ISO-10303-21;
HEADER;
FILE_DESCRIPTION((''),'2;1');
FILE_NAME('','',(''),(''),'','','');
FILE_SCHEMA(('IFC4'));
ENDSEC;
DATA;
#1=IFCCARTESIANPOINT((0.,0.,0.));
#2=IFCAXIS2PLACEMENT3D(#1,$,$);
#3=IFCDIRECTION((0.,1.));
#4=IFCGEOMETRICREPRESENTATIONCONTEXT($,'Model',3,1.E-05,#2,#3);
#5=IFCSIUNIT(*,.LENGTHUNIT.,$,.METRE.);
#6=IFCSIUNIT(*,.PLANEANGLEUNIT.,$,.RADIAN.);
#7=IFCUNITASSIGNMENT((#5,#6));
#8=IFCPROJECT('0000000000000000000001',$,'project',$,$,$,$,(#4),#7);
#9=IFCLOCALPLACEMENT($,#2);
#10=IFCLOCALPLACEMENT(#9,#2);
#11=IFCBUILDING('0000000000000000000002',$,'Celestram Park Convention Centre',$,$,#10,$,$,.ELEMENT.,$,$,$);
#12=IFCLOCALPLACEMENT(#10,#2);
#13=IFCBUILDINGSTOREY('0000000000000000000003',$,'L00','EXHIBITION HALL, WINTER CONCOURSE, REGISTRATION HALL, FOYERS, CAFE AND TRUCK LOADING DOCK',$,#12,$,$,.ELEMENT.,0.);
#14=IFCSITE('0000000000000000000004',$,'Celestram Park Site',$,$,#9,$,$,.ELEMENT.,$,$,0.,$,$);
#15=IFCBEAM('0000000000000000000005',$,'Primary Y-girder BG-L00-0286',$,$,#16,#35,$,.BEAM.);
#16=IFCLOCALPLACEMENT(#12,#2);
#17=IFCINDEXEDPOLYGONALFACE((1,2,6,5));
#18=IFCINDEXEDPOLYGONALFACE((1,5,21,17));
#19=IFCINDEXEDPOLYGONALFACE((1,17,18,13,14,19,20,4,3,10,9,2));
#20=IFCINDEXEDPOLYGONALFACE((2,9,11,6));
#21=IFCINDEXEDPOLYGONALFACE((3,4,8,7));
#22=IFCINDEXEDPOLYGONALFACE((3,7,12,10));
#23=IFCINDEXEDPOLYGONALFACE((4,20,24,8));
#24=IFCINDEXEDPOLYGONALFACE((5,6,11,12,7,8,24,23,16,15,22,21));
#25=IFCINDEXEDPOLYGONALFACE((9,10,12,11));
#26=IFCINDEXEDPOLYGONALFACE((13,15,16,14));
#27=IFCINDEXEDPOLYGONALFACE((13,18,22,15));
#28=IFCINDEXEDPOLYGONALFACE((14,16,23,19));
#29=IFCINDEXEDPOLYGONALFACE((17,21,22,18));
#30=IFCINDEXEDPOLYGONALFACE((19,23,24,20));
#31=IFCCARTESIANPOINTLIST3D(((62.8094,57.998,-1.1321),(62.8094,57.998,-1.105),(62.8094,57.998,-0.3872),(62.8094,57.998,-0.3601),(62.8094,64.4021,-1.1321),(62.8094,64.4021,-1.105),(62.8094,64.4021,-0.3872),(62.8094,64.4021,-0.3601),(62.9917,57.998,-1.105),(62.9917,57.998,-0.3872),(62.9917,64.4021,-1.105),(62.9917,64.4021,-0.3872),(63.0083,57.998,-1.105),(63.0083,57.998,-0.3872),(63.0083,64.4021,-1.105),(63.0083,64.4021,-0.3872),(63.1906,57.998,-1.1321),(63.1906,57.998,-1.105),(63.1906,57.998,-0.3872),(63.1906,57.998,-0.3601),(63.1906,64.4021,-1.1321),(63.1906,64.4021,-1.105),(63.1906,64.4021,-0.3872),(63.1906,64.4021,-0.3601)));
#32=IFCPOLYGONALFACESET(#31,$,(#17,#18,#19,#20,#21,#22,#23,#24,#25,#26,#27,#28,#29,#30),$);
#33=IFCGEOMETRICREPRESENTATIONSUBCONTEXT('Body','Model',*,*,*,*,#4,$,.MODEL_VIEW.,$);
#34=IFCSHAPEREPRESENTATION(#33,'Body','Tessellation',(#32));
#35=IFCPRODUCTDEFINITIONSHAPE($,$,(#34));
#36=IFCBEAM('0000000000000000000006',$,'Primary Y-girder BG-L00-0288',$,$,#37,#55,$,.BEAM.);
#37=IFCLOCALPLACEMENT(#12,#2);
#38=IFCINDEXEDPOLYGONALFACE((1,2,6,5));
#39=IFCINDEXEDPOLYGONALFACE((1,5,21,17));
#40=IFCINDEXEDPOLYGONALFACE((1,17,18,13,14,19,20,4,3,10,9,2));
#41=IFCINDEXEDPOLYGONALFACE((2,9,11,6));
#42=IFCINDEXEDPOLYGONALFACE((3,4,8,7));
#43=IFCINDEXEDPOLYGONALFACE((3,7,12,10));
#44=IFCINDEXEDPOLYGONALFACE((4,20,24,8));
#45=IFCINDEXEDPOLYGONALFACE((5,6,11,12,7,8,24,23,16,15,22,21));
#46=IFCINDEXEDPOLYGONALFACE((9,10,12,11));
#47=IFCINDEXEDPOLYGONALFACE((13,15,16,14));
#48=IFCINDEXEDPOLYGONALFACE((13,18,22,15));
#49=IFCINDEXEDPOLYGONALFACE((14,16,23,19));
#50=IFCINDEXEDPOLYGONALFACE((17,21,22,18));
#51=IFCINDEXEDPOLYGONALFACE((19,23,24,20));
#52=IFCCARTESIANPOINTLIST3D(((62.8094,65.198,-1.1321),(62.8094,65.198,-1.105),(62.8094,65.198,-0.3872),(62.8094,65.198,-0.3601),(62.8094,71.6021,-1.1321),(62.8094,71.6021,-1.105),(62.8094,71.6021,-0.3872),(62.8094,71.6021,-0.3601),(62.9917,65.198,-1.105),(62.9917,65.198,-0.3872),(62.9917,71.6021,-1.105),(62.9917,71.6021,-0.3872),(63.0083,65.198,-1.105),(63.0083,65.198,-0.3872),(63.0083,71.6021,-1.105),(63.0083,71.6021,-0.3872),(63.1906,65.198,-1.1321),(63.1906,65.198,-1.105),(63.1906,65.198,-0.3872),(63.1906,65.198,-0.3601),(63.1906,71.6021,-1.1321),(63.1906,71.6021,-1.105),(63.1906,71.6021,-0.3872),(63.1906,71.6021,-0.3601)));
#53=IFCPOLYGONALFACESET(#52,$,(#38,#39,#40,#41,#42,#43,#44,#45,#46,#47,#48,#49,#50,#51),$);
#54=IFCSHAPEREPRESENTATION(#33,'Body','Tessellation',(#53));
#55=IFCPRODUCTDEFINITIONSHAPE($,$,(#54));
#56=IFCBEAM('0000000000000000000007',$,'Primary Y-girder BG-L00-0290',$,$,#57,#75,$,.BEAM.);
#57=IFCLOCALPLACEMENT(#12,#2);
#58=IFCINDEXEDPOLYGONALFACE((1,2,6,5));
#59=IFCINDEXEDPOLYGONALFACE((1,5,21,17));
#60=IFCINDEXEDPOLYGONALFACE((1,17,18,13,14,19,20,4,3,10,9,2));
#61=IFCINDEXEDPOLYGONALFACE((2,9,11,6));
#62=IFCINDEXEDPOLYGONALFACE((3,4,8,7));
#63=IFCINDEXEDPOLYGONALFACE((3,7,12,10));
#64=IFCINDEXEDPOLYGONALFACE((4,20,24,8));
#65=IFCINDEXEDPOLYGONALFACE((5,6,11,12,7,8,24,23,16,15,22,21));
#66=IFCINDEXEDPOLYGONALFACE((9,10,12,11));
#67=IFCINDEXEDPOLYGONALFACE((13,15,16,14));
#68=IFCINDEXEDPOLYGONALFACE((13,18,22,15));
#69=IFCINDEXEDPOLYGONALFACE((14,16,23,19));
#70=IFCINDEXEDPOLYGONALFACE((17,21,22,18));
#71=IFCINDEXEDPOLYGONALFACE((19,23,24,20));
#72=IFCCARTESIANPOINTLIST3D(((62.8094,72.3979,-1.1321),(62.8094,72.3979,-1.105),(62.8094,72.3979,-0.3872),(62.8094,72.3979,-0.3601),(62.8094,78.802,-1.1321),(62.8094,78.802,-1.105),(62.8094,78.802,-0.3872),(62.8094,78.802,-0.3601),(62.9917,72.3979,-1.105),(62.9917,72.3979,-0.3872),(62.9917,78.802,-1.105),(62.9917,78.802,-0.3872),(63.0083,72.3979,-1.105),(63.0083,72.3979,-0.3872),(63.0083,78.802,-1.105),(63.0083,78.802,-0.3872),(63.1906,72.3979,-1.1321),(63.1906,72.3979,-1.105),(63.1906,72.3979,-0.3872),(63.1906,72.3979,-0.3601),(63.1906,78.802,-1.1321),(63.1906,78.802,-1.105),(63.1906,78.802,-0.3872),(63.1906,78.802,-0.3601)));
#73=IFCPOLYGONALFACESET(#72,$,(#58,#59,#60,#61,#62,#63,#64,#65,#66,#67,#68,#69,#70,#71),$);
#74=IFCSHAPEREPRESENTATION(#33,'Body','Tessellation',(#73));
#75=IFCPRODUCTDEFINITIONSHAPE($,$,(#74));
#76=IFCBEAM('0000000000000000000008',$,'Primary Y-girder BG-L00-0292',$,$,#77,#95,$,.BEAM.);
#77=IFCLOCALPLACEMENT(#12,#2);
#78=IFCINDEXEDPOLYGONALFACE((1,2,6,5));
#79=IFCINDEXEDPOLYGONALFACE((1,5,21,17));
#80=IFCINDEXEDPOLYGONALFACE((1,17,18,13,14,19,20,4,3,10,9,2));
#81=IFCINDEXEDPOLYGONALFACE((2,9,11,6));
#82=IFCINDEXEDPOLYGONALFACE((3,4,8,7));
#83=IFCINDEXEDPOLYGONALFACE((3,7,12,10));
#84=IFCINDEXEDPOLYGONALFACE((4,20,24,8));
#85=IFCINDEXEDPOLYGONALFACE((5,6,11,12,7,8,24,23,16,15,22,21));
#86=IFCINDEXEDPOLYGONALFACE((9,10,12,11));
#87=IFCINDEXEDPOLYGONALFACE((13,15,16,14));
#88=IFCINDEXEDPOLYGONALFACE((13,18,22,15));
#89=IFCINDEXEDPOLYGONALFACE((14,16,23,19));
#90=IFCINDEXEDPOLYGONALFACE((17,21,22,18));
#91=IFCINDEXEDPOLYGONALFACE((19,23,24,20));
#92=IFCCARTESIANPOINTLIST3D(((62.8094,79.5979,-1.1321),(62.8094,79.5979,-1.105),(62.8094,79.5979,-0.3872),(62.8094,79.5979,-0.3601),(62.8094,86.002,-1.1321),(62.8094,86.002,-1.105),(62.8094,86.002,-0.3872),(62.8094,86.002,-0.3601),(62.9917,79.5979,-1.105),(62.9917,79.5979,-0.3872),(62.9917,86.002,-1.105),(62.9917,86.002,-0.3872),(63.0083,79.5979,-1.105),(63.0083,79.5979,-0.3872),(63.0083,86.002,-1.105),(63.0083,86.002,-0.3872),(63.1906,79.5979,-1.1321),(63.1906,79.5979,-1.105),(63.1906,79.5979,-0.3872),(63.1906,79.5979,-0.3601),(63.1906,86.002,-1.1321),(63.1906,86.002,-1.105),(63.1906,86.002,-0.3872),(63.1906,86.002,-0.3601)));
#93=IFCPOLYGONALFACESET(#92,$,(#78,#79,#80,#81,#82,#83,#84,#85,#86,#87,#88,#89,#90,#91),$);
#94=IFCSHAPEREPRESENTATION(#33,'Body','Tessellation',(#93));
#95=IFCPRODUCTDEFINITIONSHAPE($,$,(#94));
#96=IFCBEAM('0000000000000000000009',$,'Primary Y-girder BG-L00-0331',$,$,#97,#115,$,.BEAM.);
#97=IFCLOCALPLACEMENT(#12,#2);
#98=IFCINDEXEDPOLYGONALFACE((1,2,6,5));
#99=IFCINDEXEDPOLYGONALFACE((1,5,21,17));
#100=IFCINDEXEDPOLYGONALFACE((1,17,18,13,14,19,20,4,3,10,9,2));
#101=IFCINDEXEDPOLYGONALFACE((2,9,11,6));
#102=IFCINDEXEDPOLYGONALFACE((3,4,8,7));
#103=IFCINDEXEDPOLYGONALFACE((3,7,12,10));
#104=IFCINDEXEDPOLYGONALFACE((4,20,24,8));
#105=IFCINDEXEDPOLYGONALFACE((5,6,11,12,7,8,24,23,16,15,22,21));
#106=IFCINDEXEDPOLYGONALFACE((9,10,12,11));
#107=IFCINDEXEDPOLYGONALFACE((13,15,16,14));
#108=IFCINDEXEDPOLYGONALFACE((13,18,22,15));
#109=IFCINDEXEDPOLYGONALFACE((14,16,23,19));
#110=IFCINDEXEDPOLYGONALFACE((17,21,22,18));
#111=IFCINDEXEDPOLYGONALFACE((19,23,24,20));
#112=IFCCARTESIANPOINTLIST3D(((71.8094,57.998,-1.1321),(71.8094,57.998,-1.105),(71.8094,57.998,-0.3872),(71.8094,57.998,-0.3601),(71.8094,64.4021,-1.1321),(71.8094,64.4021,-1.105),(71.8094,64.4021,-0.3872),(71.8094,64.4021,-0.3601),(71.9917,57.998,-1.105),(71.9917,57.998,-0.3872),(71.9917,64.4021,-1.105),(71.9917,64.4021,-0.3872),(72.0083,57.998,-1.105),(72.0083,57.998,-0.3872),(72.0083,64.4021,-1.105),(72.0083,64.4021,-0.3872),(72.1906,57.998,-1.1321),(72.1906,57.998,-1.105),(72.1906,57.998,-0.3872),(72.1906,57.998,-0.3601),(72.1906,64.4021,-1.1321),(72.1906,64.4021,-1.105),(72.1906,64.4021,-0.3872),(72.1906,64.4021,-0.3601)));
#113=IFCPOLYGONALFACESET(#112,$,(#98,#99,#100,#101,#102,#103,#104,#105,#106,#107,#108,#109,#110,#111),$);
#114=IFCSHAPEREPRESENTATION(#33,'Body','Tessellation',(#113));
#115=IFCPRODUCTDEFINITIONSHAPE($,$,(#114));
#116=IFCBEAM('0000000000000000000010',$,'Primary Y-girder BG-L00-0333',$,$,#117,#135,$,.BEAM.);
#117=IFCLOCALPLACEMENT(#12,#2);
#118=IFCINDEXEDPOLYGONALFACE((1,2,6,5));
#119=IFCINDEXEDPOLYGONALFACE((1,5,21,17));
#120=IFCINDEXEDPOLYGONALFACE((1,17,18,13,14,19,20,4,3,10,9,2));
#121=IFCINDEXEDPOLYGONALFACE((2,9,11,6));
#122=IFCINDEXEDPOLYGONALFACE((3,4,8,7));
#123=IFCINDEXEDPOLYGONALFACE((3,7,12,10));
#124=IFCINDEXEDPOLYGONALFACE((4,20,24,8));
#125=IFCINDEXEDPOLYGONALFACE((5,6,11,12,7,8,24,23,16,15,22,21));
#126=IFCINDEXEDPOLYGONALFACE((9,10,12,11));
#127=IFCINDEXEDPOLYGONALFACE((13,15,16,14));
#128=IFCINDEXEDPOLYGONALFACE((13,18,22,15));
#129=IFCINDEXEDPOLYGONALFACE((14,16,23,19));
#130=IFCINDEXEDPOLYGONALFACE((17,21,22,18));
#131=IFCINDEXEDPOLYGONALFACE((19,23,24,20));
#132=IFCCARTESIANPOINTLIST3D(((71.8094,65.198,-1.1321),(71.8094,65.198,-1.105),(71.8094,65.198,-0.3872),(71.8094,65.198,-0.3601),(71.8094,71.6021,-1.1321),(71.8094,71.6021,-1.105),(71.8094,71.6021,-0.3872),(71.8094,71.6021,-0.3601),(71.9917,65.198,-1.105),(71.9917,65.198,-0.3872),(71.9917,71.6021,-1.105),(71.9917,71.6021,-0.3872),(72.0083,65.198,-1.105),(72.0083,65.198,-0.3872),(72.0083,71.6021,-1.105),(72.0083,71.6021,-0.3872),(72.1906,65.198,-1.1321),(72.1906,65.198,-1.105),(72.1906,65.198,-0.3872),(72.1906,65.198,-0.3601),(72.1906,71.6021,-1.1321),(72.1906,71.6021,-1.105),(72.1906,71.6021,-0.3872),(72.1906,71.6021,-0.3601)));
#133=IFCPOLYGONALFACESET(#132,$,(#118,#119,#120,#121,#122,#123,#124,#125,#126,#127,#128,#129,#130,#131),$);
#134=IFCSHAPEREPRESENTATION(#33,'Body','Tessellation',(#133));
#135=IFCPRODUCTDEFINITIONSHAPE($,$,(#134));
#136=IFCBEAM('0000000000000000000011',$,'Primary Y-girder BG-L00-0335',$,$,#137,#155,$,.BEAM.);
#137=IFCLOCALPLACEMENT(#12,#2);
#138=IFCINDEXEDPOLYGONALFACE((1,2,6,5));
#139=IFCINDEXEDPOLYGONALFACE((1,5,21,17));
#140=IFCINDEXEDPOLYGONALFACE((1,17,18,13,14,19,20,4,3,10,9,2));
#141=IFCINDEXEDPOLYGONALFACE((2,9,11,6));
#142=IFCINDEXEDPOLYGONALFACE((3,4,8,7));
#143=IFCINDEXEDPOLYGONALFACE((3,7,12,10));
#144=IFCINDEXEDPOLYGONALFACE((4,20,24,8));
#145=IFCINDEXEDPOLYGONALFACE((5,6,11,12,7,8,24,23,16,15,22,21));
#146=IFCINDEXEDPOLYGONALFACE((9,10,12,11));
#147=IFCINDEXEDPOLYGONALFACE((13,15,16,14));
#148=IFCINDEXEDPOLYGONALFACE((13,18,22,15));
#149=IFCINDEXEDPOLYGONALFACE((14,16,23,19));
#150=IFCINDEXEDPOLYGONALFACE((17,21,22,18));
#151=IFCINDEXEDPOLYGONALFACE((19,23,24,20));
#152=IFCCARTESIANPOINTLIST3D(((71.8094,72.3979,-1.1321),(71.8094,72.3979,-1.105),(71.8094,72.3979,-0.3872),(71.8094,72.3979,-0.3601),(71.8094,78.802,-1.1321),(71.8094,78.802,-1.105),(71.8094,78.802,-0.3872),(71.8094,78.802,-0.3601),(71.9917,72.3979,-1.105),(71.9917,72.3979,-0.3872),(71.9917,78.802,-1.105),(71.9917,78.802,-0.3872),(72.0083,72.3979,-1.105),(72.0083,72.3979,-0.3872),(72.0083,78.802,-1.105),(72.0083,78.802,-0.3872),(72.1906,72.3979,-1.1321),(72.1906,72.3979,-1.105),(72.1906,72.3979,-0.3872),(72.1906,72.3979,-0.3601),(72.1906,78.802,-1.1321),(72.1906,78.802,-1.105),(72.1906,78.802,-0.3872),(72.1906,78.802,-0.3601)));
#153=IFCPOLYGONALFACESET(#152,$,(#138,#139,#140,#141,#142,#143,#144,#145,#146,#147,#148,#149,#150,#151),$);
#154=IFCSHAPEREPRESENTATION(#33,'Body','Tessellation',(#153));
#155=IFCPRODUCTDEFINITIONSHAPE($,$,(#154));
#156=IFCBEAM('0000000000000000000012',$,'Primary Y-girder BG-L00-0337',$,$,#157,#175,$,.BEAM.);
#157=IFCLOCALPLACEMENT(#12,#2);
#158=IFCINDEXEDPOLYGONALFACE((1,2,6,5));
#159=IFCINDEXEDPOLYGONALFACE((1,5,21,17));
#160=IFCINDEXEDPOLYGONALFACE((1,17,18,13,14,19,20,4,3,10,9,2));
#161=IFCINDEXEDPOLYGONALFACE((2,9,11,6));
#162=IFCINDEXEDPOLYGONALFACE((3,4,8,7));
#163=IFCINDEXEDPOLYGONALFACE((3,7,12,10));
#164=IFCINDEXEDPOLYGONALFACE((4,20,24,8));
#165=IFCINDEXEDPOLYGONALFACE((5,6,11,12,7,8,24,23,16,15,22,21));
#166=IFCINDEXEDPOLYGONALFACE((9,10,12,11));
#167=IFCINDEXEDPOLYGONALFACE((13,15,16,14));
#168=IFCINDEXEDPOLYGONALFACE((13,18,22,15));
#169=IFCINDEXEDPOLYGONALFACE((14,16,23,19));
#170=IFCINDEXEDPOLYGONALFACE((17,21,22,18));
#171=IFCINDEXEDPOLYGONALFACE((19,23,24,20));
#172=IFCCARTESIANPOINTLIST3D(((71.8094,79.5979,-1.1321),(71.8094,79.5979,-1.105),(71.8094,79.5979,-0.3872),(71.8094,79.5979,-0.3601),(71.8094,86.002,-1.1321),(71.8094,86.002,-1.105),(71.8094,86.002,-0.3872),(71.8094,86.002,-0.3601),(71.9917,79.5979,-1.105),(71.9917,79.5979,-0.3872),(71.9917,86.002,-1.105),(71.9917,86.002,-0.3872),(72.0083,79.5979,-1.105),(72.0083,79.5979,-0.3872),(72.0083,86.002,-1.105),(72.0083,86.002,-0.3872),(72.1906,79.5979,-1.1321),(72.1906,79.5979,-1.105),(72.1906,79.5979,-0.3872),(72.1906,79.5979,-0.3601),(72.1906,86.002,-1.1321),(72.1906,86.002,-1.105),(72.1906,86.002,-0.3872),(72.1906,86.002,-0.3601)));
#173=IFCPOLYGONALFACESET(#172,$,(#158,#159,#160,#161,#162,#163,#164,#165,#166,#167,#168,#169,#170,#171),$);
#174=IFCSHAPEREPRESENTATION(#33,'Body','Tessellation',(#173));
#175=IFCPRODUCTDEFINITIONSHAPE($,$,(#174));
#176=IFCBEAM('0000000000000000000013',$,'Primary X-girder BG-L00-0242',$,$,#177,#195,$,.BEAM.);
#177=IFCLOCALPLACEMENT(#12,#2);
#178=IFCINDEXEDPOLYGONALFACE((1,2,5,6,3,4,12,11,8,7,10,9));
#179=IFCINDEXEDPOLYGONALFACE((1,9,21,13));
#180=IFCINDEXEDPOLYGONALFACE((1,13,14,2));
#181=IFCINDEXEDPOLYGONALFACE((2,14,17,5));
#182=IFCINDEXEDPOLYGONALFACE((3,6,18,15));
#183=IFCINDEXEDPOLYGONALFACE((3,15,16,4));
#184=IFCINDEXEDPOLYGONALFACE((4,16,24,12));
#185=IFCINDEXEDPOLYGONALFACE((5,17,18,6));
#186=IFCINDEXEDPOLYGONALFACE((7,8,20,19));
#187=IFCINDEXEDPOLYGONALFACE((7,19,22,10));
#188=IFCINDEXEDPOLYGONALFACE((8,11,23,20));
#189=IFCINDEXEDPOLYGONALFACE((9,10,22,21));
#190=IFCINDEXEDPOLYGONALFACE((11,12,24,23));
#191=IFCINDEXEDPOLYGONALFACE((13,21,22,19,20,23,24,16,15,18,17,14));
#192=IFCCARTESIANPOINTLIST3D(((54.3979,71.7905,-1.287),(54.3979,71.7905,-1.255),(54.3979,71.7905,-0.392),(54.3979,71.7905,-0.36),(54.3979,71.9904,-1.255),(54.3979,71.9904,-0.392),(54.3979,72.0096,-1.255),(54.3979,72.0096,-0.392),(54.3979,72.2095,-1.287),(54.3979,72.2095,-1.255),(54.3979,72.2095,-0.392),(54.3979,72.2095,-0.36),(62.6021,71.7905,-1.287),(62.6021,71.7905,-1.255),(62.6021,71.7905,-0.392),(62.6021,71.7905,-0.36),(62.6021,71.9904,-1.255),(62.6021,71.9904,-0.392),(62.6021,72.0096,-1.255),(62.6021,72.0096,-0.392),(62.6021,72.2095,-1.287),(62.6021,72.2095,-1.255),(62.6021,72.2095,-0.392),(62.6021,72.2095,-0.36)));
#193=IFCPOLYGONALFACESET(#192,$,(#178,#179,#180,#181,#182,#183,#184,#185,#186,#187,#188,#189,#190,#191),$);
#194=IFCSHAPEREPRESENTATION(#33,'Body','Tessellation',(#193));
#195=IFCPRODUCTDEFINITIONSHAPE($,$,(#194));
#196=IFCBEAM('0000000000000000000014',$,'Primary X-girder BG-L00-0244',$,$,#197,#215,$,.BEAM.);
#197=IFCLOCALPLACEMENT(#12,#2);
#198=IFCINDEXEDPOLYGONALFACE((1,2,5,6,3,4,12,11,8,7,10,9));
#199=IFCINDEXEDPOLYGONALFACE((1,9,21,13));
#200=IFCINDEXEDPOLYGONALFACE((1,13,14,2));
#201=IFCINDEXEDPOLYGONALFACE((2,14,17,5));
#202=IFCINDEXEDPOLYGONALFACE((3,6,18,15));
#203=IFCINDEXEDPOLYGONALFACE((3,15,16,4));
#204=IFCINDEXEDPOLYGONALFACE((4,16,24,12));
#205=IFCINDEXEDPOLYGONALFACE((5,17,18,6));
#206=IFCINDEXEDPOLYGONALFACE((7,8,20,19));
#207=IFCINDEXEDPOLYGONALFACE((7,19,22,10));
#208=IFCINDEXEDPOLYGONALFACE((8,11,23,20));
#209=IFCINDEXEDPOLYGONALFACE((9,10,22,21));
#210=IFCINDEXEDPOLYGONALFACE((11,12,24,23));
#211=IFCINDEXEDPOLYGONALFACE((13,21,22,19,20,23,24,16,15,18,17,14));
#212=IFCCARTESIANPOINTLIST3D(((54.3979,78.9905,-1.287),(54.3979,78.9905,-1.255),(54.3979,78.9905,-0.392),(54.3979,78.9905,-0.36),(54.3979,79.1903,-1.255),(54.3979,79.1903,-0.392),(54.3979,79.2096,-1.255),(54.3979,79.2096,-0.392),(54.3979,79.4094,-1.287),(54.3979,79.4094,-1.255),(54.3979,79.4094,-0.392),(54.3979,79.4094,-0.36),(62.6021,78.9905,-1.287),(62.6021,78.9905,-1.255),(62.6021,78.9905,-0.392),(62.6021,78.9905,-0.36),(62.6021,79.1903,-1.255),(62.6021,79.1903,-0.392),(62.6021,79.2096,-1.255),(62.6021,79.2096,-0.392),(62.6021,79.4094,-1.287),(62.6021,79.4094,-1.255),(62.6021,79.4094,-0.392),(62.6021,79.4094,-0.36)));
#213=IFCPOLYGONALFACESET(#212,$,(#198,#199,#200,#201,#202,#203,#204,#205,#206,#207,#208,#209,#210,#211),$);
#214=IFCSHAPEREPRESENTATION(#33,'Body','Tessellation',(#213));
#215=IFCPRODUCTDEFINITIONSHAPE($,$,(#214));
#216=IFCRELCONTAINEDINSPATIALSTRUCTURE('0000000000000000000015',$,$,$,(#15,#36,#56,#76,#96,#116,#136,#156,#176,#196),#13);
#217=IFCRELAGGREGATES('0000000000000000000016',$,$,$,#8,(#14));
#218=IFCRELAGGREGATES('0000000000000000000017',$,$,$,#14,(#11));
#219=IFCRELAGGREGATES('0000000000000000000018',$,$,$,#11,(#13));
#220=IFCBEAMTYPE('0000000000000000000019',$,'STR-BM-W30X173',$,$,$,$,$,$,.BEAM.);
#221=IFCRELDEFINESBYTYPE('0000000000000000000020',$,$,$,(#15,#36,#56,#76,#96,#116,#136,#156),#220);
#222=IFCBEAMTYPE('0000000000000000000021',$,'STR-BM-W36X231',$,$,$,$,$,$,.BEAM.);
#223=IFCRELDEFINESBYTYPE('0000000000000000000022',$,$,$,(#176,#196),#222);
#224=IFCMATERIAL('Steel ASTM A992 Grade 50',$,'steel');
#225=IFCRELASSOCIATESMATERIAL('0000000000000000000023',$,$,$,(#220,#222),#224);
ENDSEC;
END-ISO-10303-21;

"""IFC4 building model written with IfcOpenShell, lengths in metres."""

from ifc_helpers import new_model, si_unit, direction, frame, origin, origin_2d, place, context, subcontext, project, spatial, i_section, extrude, material, material_profile, profile_set, type_object, element, save


model = new_model("IFC4")

# Units and contexts
model_context = context("Model", 3, precision=1e-05, world=origin(), true_north=direction((0.0, 1.0)))
body_context = subcontext(model_context, "Body", "Model", "MODEL_VIEW")
ifc_project = project(units=[si_unit("LENGTHUNIT", "METRE"), si_unit("PLANEANGLEUNIT", "RADIAN")], contexts=[model_context])

# Site, building, storey
site_placement = place(None, origin())
site = spatial("IfcSite", under=ifc_project, at=site_placement, Name="Celestram Park Site", CompositionType="ELEMENT", RefElevation=0.0)
building_placement = place(site_placement, origin())
building = spatial("IfcBuilding", under=site, at=building_placement, Name="Celestram Park Convention Centre", CompositionType="ELEMENT")
storey_placement = place(building_placement, origin())
storey = spatial("IfcBuildingStorey", under=building, at=storey_placement, Name="L00", Description="EXHIBITION HALL, WINTER CONCOURSE, REGISTRATION HALL, FOYERS, CAFE AND TRUCK LOADING DOCK", CompositionType="ELEMENT", Elevation=0.0)

# Beams
ifc_material = material(Name="Steel ASTM A992 Grade 50", Category="steel")
ifc_material_profile_1 = material_profile(ifc_material, i_section(OverallWidth=0.3811, OverallDepth=0.772, WebThickness=0.0166, FlangeThickness=0.0271, at=origin_2d()), Name="W30X173")
ifc_profile_set_1 = profile_set([ifc_material_profile_1], Name="Steel ASTM A992 Grade 50")
beam_type_1 = type_object("IfcBeamType", Name="STR-BM-W30X173", PredefinedType="BEAM", material=ifc_profile_set_1)
for number, where, z_axis, x_axis, name in (
    (1, (63.0, 57.998, -0.7461), (0.0, 1.0, 0.0), (-1.0, 0.0, 0.0), "Primary Y-girder BG-L00-0286"),
    (2, (63.0, 65.198, -0.7461), (0.0, 1.0, 0.0), (-1.0, 0.0, 0.0), "Primary Y-girder BG-L00-0288"),
    (3, (63.0, 72.3979, -0.7461), (0.0, 1.0, 0.0), (-1.0, 0.0, 0.0), "Primary Y-girder BG-L00-0290"),
    (4, (63.0, 79.5979, -0.7461), (0.0, 1.0, 0.0), (-1.0, 0.0, 0.0), "Primary Y-girder BG-L00-0292"),
    (5, (72.0, 57.998, -0.7461), (0.0, 1.0, 0.0), (-1.0, 0.0, 0.0), "Primary Y-girder BG-L00-0331"),
    (6, (72.0, 65.198, -0.7461), (0.0, 1.0, 0.0), (-1.0, 0.0, 0.0), "Primary Y-girder BG-L00-0333"),
    (7, (72.0, 72.3979, -0.7461), (0.0, 1.0, 0.0), (-1.0, 0.0, 0.0), "Primary Y-girder BG-L00-0335"),
    (8, (72.0, 79.5979, -0.7461), (0.0, 1.0, 0.0), (-1.0, 0.0, 0.0), "Primary Y-girder BG-L00-0337"),
):
    element("IfcBeam", number, at=place(storey_placement, frame(where, z_axis=z_axis, x_axis=x_axis)), inside=storey, type_object=beam_type_1, Name=name, PredefinedType="BEAM", context=body_context, shape_type="SweptSolid", body=[
        extrude(i_section(OverallWidth=0.3811, OverallDepth=0.772, WebThickness=0.0166, FlangeThickness=0.0271, at=origin_2d()), origin(), (0.0, 0.0, 1.0), 6.4041),
    ])
ifc_material_profile_2 = material_profile(ifc_material, i_section(OverallWidth=0.4189, OverallDepth=0.927, WebThickness=0.0193, FlangeThickness=0.032, at=origin_2d()), Name="W36X231")
ifc_profile_set_2 = profile_set([ifc_material_profile_2], Name="Steel ASTM A992 Grade 50")
beam_type_2 = type_object("IfcBeamType", Name="STR-BM-W36X231", PredefinedType="BEAM", material=ifc_profile_set_2)
for number, where, z_axis, x_axis, name in (
    (9, (54.3979, 72.0, -0.8235), (1.0, 0.0, 0.0), (0.0, 1.0, 0.0), "Primary X-girder BG-L00-0242"),
    (10, (54.3979, 79.2, -0.8235), (1.0, 0.0, 0.0), (0.0, 1.0, 0.0), "Primary X-girder BG-L00-0244"),
):
    element("IfcBeam", number, at=place(storey_placement, frame(where, z_axis=z_axis, x_axis=x_axis)), inside=storey, type_object=beam_type_2, Name=name, PredefinedType="BEAM", context=body_context, shape_type="SweptSolid", body=[
        extrude(i_section(OverallWidth=0.4189, OverallDepth=0.927, WebThickness=0.0193, FlangeThickness=0.032, at=origin_2d()), origin(), (0.0, 0.0, 1.0), 8.2041),
    ])

save(model, "model.ifc")
